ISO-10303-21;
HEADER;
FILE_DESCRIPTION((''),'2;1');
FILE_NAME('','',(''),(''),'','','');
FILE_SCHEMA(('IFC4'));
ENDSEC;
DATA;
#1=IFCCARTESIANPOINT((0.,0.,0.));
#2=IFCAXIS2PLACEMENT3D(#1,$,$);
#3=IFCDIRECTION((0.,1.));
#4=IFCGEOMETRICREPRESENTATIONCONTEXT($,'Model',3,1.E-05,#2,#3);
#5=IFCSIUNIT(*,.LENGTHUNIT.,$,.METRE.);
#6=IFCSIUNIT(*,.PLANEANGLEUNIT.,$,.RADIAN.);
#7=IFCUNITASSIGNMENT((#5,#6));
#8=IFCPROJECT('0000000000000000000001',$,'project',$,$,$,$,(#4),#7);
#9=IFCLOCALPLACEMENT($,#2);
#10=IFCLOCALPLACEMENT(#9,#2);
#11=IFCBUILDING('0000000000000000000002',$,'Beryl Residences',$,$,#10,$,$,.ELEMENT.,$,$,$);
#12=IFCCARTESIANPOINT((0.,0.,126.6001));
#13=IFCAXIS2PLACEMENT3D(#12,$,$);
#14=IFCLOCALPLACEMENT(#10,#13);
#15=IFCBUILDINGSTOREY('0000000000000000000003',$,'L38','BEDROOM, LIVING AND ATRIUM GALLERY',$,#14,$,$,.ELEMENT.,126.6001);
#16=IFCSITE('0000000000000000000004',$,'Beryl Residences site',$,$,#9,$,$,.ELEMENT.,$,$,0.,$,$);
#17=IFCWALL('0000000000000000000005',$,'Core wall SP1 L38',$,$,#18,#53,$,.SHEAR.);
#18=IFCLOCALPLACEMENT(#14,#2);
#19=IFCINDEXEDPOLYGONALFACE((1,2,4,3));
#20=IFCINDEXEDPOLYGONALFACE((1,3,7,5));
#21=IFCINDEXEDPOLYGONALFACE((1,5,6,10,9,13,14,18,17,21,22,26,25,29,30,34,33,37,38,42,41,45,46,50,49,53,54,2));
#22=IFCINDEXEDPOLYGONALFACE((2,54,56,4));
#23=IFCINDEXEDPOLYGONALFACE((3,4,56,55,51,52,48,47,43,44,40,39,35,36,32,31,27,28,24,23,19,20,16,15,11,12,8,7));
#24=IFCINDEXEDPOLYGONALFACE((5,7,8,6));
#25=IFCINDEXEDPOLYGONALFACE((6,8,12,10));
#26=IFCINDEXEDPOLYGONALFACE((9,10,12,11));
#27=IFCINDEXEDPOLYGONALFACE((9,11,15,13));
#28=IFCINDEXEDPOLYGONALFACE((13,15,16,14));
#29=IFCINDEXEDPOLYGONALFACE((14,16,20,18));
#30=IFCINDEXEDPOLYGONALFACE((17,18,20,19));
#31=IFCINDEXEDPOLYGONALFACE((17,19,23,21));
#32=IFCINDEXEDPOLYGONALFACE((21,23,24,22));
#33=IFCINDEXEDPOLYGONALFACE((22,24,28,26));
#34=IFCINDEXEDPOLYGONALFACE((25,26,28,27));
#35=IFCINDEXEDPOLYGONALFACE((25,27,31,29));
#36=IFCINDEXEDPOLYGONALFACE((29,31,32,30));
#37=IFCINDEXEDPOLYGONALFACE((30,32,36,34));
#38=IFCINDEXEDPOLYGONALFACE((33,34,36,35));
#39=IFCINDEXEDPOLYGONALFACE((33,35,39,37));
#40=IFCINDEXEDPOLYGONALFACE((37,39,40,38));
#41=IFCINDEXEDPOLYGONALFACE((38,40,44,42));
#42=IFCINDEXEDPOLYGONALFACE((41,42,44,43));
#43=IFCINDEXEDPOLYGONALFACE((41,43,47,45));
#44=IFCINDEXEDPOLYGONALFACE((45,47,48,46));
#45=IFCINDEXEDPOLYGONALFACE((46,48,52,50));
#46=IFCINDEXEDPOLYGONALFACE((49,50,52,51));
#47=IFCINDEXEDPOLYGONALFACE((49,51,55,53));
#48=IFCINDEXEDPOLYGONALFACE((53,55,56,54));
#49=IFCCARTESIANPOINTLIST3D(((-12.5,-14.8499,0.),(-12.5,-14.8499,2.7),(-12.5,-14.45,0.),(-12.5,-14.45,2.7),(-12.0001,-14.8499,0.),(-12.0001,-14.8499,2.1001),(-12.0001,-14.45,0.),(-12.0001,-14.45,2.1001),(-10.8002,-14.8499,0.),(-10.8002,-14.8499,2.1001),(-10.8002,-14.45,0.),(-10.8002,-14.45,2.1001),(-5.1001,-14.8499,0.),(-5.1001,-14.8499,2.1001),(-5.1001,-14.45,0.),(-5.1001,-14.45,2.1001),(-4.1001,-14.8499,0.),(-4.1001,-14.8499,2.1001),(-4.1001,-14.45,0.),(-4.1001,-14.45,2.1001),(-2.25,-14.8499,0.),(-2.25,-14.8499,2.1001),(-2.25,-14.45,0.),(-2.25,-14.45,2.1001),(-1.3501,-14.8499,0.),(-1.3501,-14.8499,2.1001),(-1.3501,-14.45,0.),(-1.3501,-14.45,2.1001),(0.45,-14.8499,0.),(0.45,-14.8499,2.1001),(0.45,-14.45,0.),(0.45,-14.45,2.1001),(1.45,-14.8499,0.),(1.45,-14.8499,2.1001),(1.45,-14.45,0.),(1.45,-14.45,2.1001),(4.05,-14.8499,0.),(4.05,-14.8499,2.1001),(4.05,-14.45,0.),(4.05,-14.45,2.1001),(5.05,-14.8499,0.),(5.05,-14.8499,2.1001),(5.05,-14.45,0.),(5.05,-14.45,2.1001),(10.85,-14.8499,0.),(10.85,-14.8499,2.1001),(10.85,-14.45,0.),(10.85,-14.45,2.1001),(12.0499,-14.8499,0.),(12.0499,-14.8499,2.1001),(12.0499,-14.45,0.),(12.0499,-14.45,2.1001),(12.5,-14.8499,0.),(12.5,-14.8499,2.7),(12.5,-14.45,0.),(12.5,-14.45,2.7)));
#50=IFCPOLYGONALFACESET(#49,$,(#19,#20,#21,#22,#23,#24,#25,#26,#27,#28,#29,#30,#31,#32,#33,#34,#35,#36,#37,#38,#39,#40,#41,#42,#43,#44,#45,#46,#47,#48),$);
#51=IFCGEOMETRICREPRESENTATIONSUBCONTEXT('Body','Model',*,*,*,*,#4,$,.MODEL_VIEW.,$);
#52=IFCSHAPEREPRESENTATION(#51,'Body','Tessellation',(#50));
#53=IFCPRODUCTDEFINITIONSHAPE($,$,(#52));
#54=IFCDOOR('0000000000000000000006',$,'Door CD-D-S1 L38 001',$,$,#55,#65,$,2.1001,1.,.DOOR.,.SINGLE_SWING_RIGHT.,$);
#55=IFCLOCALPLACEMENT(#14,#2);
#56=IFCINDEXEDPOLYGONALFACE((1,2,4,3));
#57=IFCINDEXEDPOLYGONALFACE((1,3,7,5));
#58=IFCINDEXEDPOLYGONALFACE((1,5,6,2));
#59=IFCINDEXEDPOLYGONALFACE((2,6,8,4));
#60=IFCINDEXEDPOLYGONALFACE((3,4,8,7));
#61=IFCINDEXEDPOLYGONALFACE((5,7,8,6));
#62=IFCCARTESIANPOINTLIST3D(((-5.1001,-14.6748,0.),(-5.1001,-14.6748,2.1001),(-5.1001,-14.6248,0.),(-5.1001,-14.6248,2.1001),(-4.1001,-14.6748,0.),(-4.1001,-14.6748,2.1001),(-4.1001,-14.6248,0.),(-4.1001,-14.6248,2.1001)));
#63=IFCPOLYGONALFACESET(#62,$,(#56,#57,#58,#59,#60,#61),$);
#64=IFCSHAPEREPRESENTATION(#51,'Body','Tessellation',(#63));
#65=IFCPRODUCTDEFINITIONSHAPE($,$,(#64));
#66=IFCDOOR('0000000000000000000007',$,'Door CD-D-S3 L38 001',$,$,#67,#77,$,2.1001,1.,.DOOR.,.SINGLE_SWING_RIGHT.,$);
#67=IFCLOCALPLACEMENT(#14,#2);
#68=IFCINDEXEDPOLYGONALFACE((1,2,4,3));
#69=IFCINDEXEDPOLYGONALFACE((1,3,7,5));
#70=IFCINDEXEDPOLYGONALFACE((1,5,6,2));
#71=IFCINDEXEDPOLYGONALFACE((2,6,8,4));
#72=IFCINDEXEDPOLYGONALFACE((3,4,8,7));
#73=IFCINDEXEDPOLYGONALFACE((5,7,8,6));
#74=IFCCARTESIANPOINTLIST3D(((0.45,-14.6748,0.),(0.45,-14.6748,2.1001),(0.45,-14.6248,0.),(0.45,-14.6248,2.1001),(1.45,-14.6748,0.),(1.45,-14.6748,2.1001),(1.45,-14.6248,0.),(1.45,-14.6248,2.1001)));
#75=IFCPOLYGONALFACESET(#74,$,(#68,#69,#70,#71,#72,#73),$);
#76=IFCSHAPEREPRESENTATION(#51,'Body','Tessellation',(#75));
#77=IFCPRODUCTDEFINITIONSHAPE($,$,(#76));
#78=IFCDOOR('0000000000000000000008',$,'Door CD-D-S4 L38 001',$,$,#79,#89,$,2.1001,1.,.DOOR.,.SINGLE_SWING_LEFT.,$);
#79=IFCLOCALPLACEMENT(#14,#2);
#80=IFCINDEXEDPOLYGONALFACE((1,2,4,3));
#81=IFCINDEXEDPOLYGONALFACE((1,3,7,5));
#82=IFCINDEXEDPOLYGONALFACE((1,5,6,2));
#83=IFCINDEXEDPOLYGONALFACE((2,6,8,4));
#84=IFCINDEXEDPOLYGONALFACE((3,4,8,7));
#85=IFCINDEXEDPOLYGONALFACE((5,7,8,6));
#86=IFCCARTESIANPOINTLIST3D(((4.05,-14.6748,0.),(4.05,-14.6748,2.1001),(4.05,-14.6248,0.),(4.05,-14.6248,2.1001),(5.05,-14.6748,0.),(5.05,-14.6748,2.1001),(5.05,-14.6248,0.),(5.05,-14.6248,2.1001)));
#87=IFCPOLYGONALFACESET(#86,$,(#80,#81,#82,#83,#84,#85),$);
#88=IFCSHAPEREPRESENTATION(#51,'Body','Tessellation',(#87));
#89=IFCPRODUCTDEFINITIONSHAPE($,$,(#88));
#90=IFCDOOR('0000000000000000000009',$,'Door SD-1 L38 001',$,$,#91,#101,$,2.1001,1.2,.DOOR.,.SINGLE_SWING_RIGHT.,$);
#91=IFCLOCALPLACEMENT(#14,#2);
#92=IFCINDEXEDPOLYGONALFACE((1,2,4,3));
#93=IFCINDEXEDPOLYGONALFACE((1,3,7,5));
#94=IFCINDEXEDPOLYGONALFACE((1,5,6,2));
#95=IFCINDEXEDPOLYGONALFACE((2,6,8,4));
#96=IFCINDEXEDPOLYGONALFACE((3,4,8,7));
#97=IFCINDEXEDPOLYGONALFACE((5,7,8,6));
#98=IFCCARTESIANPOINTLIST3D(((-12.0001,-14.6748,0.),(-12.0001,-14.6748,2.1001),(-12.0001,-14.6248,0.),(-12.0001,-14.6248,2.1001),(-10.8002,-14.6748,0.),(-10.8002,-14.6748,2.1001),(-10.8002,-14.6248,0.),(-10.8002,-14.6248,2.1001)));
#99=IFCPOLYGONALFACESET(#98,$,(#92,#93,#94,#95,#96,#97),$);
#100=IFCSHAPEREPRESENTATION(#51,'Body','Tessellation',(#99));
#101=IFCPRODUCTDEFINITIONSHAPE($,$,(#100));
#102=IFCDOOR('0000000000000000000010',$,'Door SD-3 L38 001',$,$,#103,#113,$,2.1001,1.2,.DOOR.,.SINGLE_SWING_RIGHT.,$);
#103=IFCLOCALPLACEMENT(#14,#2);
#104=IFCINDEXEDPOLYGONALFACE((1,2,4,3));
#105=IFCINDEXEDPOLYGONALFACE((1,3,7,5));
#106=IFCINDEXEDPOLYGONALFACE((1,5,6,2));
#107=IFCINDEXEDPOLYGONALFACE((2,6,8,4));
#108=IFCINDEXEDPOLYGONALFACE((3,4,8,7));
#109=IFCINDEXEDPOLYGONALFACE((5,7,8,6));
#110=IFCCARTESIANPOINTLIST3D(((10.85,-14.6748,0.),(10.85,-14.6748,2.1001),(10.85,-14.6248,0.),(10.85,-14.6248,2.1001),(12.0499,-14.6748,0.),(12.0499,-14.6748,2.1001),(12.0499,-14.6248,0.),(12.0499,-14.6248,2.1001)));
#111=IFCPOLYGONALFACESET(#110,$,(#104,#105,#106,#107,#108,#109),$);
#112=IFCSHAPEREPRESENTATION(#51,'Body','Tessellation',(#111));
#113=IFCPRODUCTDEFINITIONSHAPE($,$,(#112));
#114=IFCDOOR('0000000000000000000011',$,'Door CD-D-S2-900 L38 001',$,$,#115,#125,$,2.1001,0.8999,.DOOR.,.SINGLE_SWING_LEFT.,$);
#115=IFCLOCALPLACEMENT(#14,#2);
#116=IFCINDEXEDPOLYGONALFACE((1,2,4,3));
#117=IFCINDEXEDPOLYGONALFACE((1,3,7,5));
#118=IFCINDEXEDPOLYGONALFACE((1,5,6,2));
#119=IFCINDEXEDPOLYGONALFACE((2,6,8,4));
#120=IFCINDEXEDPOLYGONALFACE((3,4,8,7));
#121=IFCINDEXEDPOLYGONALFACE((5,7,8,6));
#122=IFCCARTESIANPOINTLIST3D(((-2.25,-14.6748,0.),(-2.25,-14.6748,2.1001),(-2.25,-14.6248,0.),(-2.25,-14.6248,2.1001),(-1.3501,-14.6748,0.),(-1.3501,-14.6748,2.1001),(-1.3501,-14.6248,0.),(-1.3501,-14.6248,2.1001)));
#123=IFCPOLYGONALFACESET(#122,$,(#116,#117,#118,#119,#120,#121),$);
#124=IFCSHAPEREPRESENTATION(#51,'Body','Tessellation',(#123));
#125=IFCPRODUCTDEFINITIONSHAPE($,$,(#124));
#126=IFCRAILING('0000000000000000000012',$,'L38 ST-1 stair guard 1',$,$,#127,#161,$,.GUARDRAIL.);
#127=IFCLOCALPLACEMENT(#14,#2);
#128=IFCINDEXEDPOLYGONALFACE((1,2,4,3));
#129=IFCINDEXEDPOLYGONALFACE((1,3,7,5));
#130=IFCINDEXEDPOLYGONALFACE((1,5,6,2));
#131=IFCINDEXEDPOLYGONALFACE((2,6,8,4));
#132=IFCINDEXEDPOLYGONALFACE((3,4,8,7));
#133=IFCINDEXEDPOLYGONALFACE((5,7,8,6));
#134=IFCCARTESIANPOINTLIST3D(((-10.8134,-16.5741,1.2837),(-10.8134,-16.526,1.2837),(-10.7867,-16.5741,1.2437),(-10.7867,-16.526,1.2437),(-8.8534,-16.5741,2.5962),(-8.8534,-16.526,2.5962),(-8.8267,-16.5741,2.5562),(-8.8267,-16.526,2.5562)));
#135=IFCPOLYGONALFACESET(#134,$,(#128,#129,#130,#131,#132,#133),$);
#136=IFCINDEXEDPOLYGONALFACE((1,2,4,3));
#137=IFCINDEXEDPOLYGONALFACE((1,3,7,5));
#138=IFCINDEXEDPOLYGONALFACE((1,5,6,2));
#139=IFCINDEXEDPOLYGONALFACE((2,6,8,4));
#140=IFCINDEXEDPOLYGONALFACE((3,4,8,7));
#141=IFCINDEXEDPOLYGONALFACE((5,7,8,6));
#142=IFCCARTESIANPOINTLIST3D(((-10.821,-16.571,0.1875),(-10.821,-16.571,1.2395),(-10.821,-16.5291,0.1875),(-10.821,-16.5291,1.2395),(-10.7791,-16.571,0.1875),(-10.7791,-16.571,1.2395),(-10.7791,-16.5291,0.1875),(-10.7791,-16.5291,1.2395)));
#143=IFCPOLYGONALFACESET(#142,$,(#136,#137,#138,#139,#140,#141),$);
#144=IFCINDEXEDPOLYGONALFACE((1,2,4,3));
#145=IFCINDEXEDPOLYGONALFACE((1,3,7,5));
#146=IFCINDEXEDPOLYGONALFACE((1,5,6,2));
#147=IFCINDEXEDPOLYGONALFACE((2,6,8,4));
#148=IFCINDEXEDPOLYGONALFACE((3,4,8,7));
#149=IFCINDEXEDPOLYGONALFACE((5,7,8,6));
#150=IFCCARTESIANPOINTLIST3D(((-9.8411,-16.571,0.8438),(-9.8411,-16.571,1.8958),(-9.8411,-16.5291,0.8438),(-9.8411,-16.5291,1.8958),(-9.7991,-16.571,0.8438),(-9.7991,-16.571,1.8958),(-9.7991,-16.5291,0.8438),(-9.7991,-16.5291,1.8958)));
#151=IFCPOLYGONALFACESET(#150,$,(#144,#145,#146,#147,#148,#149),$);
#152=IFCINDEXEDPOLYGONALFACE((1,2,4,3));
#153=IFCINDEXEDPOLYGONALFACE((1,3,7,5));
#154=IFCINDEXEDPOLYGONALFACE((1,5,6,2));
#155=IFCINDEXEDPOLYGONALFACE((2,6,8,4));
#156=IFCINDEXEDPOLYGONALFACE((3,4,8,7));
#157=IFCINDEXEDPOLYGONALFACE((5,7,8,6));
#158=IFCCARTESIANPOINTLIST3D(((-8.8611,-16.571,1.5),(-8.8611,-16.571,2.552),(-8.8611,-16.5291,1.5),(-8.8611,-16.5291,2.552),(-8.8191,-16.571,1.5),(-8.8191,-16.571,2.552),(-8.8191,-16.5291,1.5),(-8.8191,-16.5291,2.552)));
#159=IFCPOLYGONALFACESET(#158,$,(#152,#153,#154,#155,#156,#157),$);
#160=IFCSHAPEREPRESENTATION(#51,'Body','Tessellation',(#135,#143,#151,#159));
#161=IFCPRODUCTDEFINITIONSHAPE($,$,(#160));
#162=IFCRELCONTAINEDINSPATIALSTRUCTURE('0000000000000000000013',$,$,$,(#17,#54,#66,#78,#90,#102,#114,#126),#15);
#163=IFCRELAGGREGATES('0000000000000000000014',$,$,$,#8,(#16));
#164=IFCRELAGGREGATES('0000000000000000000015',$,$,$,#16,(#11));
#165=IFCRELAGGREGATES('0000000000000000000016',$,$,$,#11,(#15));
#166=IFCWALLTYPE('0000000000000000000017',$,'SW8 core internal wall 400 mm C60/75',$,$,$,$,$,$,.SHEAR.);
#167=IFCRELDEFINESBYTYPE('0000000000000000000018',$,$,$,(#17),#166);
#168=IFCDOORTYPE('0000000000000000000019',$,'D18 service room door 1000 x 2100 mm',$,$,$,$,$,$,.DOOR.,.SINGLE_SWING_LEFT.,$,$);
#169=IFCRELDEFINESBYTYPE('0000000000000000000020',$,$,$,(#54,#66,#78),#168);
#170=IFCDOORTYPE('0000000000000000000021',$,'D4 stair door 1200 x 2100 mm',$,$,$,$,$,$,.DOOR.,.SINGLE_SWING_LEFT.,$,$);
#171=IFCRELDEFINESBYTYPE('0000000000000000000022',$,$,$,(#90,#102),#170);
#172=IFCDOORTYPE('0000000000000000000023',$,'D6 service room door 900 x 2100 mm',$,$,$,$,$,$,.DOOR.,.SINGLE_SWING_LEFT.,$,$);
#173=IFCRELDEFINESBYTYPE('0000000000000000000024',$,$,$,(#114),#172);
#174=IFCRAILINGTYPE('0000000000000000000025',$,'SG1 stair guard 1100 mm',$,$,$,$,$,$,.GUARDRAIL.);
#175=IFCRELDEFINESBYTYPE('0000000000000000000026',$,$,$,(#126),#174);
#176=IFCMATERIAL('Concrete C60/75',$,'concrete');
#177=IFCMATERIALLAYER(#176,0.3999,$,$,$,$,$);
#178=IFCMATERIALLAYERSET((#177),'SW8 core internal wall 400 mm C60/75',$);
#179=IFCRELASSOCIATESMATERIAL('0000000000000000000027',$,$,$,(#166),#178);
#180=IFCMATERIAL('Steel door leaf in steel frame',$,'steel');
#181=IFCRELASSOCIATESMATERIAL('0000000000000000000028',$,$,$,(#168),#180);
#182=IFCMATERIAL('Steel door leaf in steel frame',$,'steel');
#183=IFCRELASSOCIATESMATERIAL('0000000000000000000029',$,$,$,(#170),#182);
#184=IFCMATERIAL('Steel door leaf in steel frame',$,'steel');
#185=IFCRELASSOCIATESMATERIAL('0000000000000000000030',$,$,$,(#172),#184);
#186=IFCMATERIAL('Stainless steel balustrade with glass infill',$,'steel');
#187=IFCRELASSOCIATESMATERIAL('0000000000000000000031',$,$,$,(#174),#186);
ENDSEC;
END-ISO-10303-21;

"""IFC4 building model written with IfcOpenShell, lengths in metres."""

from ifc_helpers import new_model, si_unit, direction, frame, frame_2d, origin, origin_2d, place, context, subcontext, project, spatial, rectangle, extrude, material, layer, layer_set, type_object, element, fill, save


model = new_model("IFC4")

# Units and contexts
model_context = context("Model", 3, precision=1e-05, world=origin(), true_north=direction((0.0, 1.0)))
body_context = subcontext(model_context, "Body", "Model", "MODEL_VIEW")
ifc_project = project(units=[si_unit("LENGTHUNIT", "METRE"), si_unit("PLANEANGLEUNIT", "RADIAN")], contexts=[model_context])

# Site, building, storey
site_placement = place(None, origin())
site = spatial("IfcSite", under=ifc_project, at=site_placement, Name="Beryl Residences site", CompositionType="ELEMENT", RefElevation=0.0)
building_placement = place(site_placement, origin())
building = spatial("IfcBuilding", under=site, at=building_placement, Name="Beryl Residences", CompositionType="ELEMENT")
storey_placement = place(building_placement, frame((0.0, 0.0, 126.6001)))
storey = spatial("IfcBuildingStorey", under=building, at=storey_placement, Name="L38", Description="BEDROOM, LIVING AND ATRIUM GALLERY", CompositionType="ELEMENT", Elevation=126.6001)

# Wall, openings, doors
ifc_material_1 = material(Name="Concrete C60/75", Category="concrete")
ifc_layer_1 = layer(ifc_material_1, 0.3999)
ifc_layer_set_1 = layer_set([ifc_layer_1], Name="SW8 core internal wall 400 mm C60/75")
wall_type_1 = type_object("IfcWallType", Name="SW8 core internal wall 400 mm C60/75", PredefinedType="SHEAR", material=ifc_layer_set_1)
wall_1_placement = place(storey_placement, frame((-12.5, -14.6499, 0.0), z_axis=(0.0, 0.0, 1.0), x_axis=(1.0, 0.0, 0.0)))
wall_1 = element("IfcWall", 1, at=wall_1_placement, inside=storey, type_object=wall_type_1, Name="Core wall SP1 L38", PredefinedType="SHEAR", context=body_context, shape_type="SweptSolid", body=[
    extrude(rectangle(XDim=25.0, YDim=0.3999, at=frame_2d((12.5, 0.0))), origin(), (0.0, 0.0, 1.0), 2.7),
])
opening_1_placement = place(wall_1_placement, frame((1.7, 0.0, 0.0), z_axis=(0.0, 0.0, 1.0), x_axis=(-1.0, 0.0, 0.0)))
opening_1 = element("IfcOpeningElement", 2, at=opening_1_placement, cuts=wall_1, PredefinedType="OPENING", context=body_context, shape_type="SweptSolid", body=[
    extrude(rectangle(XDim=1.2, YDim=2.1001, at=frame_2d((0.6001, 1.05))), frame((0.0, 0.21, 0.0), z_axis=(0.0, -1.0, 0.0), x_axis=(1.0, 0.0, 0.0)), (0.0, 0.0, 1.0), 0.4199),
])
opening_2_placement = place(wall_1_placement, frame((24.55, 0.0, 0.0), z_axis=(0.0, 0.0, 1.0), x_axis=(-1.0, 0.0, 0.0)))
opening_2 = element("IfcOpeningElement", 3, at=opening_2_placement, cuts=wall_1, PredefinedType="OPENING", context=body_context, shape_type="SweptSolid", body=[
    extrude(rectangle(XDim=1.2, YDim=2.1001, at=frame_2d((0.6001, 1.05))), frame((0.0, 0.21, 0.0), z_axis=(0.0, -1.0, 0.0), x_axis=(1.0, 0.0, 0.0)), (0.0, 0.0, 1.0), 0.4199),
])
opening_3_placement = place(wall_1_placement, frame((8.3999, 0.0, 0.0), z_axis=(0.0, 0.0, 1.0), x_axis=(-1.0, 0.0, 0.0)))
opening_3 = element("IfcOpeningElement", 4, at=opening_3_placement, cuts=wall_1, PredefinedType="OPENING", context=body_context, shape_type="SweptSolid", body=[
    extrude(rectangle(XDim=1.0, YDim=2.1001, at=frame_2d((0.5, 1.05))), frame((0.0, 0.21, 0.0), z_axis=(0.0, -1.0, 0.0), x_axis=(1.0, 0.0, 0.0)), (0.0, 0.0, 1.0), 0.4199),
])
opening_4_placement = place(wall_1_placement, frame((11.1499, 0.0, 0.0), z_axis=(0.0, 0.0, 1.0), x_axis=(-1.0, 0.0, 0.0)))
opening_4 = element("IfcOpeningElement", 5, at=opening_4_placement, cuts=wall_1, PredefinedType="OPENING", context=body_context, shape_type="SweptSolid", body=[
    extrude(rectangle(XDim=0.8999, YDim=2.1001, at=frame_2d((0.45, 1.05))), frame((0.0, 0.21, 0.0), z_axis=(0.0, -1.0, 0.0), x_axis=(1.0, 0.0, 0.0)), (0.0, 0.0, 1.0), 0.4199),
])
opening_5_placement = place(wall_1_placement, frame((13.95, 0.0, 0.0), z_axis=(0.0, 0.0, 1.0), x_axis=(-1.0, 0.0, 0.0)))
opening_5 = element("IfcOpeningElement", 6, at=opening_5_placement, cuts=wall_1, PredefinedType="OPENING", context=body_context, shape_type="SweptSolid", body=[
    extrude(rectangle(XDim=1.0, YDim=2.1001, at=frame_2d((0.5, 1.05))), frame((0.0, 0.21, 0.0), z_axis=(0.0, -1.0, 0.0), x_axis=(1.0, 0.0, 0.0)), (0.0, 0.0, 1.0), 0.4199),
])
opening_6_placement = place(wall_1_placement, frame((17.55, 0.0, 0.0), z_axis=(0.0, 0.0, 1.0), x_axis=(-1.0, 0.0, 0.0)))
opening_6 = element("IfcOpeningElement", 7, at=opening_6_placement, cuts=wall_1, PredefinedType="OPENING", context=body_context, shape_type="SweptSolid", body=[
    extrude(rectangle(XDim=1.0, YDim=2.1001, at=frame_2d((0.5, 1.05))), frame((0.0, 0.21, 0.0), z_axis=(0.0, -1.0, 0.0), x_axis=(1.0, 0.0, 0.0)), (0.0, 0.0, 1.0), 0.4199),
])
ifc_material_2 = material(Name="Steel door leaf in steel frame", Category="steel")
door_type_1 = type_object("IfcDoorType", Name="D18 service room door 1000 x 2100 mm", OperationType="SINGLE_SWING_LEFT", PredefinedType="DOOR", material=ifc_material_2)
door_1_placement = place(opening_3_placement, origin())
door_1 = element("IfcDoor", 8, at=door_1_placement, inside=storey, type_object=door_type_1, Name="Door CD-D-S1 L38 001", OperationType="SINGLE_SWING_RIGHT", OverallHeight=2.1001, OverallWidth=1.0, PredefinedType="DOOR", context=body_context, shape_type="SweptSolid", body=[
    extrude(rectangle(XDim=1.0, YDim=2.1001, at=frame_2d((0.5, 1.05))), frame((0.0, 0.0249, 0.0), z_axis=(0.0, -1.0, 0.0), x_axis=(1.0, 0.0, 0.0)), (0.0, 0.0, 1.0), 0.05),
])
fill(opening_3, door_1)
door_2_placement = place(opening_5_placement, origin())
door_2 = element("IfcDoor", 9, at=door_2_placement, inside=storey, type_object=door_type_1, Name="Door CD-D-S3 L38 001", OperationType="SINGLE_SWING_RIGHT", OverallHeight=2.1001, OverallWidth=1.0, PredefinedType="DOOR", context=body_context, shape_type="SweptSolid", body=[
    extrude(rectangle(XDim=1.0, YDim=2.1001, at=frame_2d((0.5, 1.05))), frame((0.0, 0.0249, 0.0), z_axis=(0.0, -1.0, 0.0), x_axis=(1.0, 0.0, 0.0)), (0.0, 0.0, 1.0), 0.05),
])
fill(opening_5, door_2)
door_3_placement = place(opening_6_placement, origin())
door_3 = element("IfcDoor", 10, at=door_3_placement, inside=storey, type_object=door_type_1, Name="Door CD-D-S4 L38 001", OperationType="SINGLE_SWING_LEFT", OverallHeight=2.1001, OverallWidth=1.0, PredefinedType="DOOR", context=body_context, shape_type="SweptSolid", body=[
    extrude(rectangle(XDim=1.0, YDim=2.1001, at=frame_2d((0.5, 1.05))), frame((0.0, 0.0249, 0.0), z_axis=(0.0, -1.0, 0.0), x_axis=(1.0, 0.0, 0.0)), (0.0, 0.0, 1.0), 0.05),
])
fill(opening_6, door_3)
ifc_material_3 = material(Name="Steel door leaf in steel frame", Category="steel")
door_type_2 = type_object("IfcDoorType", Name="D4 stair door 1200 x 2100 mm", OperationType="SINGLE_SWING_LEFT", PredefinedType="DOOR", material=ifc_material_3)
door_4_placement = place(opening_1_placement, origin())
door_4 = element("IfcDoor", 11, at=door_4_placement, inside=storey, type_object=door_type_2, Name="Door SD-1 L38 001", OperationType="SINGLE_SWING_RIGHT", OverallHeight=2.1001, OverallWidth=1.2, PredefinedType="DOOR", context=body_context, shape_type="SweptSolid", body=[
    extrude(rectangle(XDim=1.2, YDim=2.1001, at=frame_2d((0.6001, 1.05))), frame((0.0, 0.0249, 0.0), z_axis=(0.0, -1.0, 0.0), x_axis=(1.0, 0.0, 0.0)), (0.0, 0.0, 1.0), 0.05),
])
fill(opening_1, door_4)
door_5_placement = place(opening_2_placement, origin())
door_5 = element("IfcDoor", 12, at=door_5_placement, inside=storey, type_object=door_type_2, Name="Door SD-3 L38 001", OperationType="SINGLE_SWING_RIGHT", OverallHeight=2.1001, OverallWidth=1.2, PredefinedType="DOOR", context=body_context, shape_type="SweptSolid", body=[
    extrude(rectangle(XDim=1.2, YDim=2.1001, at=frame_2d((0.6001, 1.05))), frame((0.0, 0.0249, 0.0), z_axis=(0.0, -1.0, 0.0), x_axis=(1.0, 0.0, 0.0)), (0.0, 0.0, 1.0), 0.05),
])
fill(opening_2, door_5)
ifc_material_4 = material(Name="Steel door leaf in steel frame", Category="steel")
door_type_3 = type_object("IfcDoorType", Name="D6 service room door 900 x 2100 mm", OperationType="SINGLE_SWING_LEFT", PredefinedType="DOOR", material=ifc_material_4)
door_6_placement = place(opening_4_placement, origin())
door_6 = element("IfcDoor", 13, at=door_6_placement, inside=storey, type_object=door_type_3, Name="Door CD-D-S2-900 L38 001", OperationType="SINGLE_SWING_LEFT", OverallHeight=2.1001, OverallWidth=0.8999, PredefinedType="DOOR", context=body_context, shape_type="SweptSolid", body=[
    extrude(rectangle(XDim=0.8999, YDim=2.1001, at=frame_2d((0.45, 1.05))), frame((0.0, 0.0249, 0.0), z_axis=(0.0, -1.0, 0.0), x_axis=(1.0, 0.0, 0.0)), (0.0, 0.0, 1.0), 0.05),
])
fill(opening_4, door_6)

# Railing
ifc_material_5 = material(Name="Stainless steel balustrade with glass infill", Category="steel")
railing_type_1 = type_object("IfcRailingType", Name="SG1 stair guard 1100 mm", PredefinedType="GUARDRAIL", material=ifc_material_5)
railing_1_placement = place(storey_placement, frame((-10.8, -16.55, 0.1875)))
element("IfcRailing", 14, at=railing_1_placement, inside=storey, type_object=railing_type_1, Name="L38 ST-1 stair guard 1", PredefinedType="GUARDRAIL", context=body_context, shape_type="SweptSolid", body=[
    extrude(rectangle(XDim=0.0481, YDim=0.0481, at=origin_2d()), frame((0.0, 0.0, 1.0762), z_axis=(0.830902, 0.0, 0.556419), x_axis=(0.0, 1.0, 0.0)), (0.0, 0.0, 1.0), 2.3589),
    extrude(rectangle(XDim=0.042, YDim=0.042, at=origin_2d()), origin(), (0.0, 0.0, 1.0), 1.052),
    extrude(rectangle(XDim=0.042, YDim=0.042, at=origin_2d()), frame((0.98, 0.0, 0.6562)), (0.0, 0.0, 1.0), 1.052),
    extrude(rectangle(XDim=0.042, YDim=0.042, at=origin_2d()), frame((1.96, 0.0, 1.3125)), (0.0, 0.0, 1.0), 1.052),
])

save(model, "model.ifc")
